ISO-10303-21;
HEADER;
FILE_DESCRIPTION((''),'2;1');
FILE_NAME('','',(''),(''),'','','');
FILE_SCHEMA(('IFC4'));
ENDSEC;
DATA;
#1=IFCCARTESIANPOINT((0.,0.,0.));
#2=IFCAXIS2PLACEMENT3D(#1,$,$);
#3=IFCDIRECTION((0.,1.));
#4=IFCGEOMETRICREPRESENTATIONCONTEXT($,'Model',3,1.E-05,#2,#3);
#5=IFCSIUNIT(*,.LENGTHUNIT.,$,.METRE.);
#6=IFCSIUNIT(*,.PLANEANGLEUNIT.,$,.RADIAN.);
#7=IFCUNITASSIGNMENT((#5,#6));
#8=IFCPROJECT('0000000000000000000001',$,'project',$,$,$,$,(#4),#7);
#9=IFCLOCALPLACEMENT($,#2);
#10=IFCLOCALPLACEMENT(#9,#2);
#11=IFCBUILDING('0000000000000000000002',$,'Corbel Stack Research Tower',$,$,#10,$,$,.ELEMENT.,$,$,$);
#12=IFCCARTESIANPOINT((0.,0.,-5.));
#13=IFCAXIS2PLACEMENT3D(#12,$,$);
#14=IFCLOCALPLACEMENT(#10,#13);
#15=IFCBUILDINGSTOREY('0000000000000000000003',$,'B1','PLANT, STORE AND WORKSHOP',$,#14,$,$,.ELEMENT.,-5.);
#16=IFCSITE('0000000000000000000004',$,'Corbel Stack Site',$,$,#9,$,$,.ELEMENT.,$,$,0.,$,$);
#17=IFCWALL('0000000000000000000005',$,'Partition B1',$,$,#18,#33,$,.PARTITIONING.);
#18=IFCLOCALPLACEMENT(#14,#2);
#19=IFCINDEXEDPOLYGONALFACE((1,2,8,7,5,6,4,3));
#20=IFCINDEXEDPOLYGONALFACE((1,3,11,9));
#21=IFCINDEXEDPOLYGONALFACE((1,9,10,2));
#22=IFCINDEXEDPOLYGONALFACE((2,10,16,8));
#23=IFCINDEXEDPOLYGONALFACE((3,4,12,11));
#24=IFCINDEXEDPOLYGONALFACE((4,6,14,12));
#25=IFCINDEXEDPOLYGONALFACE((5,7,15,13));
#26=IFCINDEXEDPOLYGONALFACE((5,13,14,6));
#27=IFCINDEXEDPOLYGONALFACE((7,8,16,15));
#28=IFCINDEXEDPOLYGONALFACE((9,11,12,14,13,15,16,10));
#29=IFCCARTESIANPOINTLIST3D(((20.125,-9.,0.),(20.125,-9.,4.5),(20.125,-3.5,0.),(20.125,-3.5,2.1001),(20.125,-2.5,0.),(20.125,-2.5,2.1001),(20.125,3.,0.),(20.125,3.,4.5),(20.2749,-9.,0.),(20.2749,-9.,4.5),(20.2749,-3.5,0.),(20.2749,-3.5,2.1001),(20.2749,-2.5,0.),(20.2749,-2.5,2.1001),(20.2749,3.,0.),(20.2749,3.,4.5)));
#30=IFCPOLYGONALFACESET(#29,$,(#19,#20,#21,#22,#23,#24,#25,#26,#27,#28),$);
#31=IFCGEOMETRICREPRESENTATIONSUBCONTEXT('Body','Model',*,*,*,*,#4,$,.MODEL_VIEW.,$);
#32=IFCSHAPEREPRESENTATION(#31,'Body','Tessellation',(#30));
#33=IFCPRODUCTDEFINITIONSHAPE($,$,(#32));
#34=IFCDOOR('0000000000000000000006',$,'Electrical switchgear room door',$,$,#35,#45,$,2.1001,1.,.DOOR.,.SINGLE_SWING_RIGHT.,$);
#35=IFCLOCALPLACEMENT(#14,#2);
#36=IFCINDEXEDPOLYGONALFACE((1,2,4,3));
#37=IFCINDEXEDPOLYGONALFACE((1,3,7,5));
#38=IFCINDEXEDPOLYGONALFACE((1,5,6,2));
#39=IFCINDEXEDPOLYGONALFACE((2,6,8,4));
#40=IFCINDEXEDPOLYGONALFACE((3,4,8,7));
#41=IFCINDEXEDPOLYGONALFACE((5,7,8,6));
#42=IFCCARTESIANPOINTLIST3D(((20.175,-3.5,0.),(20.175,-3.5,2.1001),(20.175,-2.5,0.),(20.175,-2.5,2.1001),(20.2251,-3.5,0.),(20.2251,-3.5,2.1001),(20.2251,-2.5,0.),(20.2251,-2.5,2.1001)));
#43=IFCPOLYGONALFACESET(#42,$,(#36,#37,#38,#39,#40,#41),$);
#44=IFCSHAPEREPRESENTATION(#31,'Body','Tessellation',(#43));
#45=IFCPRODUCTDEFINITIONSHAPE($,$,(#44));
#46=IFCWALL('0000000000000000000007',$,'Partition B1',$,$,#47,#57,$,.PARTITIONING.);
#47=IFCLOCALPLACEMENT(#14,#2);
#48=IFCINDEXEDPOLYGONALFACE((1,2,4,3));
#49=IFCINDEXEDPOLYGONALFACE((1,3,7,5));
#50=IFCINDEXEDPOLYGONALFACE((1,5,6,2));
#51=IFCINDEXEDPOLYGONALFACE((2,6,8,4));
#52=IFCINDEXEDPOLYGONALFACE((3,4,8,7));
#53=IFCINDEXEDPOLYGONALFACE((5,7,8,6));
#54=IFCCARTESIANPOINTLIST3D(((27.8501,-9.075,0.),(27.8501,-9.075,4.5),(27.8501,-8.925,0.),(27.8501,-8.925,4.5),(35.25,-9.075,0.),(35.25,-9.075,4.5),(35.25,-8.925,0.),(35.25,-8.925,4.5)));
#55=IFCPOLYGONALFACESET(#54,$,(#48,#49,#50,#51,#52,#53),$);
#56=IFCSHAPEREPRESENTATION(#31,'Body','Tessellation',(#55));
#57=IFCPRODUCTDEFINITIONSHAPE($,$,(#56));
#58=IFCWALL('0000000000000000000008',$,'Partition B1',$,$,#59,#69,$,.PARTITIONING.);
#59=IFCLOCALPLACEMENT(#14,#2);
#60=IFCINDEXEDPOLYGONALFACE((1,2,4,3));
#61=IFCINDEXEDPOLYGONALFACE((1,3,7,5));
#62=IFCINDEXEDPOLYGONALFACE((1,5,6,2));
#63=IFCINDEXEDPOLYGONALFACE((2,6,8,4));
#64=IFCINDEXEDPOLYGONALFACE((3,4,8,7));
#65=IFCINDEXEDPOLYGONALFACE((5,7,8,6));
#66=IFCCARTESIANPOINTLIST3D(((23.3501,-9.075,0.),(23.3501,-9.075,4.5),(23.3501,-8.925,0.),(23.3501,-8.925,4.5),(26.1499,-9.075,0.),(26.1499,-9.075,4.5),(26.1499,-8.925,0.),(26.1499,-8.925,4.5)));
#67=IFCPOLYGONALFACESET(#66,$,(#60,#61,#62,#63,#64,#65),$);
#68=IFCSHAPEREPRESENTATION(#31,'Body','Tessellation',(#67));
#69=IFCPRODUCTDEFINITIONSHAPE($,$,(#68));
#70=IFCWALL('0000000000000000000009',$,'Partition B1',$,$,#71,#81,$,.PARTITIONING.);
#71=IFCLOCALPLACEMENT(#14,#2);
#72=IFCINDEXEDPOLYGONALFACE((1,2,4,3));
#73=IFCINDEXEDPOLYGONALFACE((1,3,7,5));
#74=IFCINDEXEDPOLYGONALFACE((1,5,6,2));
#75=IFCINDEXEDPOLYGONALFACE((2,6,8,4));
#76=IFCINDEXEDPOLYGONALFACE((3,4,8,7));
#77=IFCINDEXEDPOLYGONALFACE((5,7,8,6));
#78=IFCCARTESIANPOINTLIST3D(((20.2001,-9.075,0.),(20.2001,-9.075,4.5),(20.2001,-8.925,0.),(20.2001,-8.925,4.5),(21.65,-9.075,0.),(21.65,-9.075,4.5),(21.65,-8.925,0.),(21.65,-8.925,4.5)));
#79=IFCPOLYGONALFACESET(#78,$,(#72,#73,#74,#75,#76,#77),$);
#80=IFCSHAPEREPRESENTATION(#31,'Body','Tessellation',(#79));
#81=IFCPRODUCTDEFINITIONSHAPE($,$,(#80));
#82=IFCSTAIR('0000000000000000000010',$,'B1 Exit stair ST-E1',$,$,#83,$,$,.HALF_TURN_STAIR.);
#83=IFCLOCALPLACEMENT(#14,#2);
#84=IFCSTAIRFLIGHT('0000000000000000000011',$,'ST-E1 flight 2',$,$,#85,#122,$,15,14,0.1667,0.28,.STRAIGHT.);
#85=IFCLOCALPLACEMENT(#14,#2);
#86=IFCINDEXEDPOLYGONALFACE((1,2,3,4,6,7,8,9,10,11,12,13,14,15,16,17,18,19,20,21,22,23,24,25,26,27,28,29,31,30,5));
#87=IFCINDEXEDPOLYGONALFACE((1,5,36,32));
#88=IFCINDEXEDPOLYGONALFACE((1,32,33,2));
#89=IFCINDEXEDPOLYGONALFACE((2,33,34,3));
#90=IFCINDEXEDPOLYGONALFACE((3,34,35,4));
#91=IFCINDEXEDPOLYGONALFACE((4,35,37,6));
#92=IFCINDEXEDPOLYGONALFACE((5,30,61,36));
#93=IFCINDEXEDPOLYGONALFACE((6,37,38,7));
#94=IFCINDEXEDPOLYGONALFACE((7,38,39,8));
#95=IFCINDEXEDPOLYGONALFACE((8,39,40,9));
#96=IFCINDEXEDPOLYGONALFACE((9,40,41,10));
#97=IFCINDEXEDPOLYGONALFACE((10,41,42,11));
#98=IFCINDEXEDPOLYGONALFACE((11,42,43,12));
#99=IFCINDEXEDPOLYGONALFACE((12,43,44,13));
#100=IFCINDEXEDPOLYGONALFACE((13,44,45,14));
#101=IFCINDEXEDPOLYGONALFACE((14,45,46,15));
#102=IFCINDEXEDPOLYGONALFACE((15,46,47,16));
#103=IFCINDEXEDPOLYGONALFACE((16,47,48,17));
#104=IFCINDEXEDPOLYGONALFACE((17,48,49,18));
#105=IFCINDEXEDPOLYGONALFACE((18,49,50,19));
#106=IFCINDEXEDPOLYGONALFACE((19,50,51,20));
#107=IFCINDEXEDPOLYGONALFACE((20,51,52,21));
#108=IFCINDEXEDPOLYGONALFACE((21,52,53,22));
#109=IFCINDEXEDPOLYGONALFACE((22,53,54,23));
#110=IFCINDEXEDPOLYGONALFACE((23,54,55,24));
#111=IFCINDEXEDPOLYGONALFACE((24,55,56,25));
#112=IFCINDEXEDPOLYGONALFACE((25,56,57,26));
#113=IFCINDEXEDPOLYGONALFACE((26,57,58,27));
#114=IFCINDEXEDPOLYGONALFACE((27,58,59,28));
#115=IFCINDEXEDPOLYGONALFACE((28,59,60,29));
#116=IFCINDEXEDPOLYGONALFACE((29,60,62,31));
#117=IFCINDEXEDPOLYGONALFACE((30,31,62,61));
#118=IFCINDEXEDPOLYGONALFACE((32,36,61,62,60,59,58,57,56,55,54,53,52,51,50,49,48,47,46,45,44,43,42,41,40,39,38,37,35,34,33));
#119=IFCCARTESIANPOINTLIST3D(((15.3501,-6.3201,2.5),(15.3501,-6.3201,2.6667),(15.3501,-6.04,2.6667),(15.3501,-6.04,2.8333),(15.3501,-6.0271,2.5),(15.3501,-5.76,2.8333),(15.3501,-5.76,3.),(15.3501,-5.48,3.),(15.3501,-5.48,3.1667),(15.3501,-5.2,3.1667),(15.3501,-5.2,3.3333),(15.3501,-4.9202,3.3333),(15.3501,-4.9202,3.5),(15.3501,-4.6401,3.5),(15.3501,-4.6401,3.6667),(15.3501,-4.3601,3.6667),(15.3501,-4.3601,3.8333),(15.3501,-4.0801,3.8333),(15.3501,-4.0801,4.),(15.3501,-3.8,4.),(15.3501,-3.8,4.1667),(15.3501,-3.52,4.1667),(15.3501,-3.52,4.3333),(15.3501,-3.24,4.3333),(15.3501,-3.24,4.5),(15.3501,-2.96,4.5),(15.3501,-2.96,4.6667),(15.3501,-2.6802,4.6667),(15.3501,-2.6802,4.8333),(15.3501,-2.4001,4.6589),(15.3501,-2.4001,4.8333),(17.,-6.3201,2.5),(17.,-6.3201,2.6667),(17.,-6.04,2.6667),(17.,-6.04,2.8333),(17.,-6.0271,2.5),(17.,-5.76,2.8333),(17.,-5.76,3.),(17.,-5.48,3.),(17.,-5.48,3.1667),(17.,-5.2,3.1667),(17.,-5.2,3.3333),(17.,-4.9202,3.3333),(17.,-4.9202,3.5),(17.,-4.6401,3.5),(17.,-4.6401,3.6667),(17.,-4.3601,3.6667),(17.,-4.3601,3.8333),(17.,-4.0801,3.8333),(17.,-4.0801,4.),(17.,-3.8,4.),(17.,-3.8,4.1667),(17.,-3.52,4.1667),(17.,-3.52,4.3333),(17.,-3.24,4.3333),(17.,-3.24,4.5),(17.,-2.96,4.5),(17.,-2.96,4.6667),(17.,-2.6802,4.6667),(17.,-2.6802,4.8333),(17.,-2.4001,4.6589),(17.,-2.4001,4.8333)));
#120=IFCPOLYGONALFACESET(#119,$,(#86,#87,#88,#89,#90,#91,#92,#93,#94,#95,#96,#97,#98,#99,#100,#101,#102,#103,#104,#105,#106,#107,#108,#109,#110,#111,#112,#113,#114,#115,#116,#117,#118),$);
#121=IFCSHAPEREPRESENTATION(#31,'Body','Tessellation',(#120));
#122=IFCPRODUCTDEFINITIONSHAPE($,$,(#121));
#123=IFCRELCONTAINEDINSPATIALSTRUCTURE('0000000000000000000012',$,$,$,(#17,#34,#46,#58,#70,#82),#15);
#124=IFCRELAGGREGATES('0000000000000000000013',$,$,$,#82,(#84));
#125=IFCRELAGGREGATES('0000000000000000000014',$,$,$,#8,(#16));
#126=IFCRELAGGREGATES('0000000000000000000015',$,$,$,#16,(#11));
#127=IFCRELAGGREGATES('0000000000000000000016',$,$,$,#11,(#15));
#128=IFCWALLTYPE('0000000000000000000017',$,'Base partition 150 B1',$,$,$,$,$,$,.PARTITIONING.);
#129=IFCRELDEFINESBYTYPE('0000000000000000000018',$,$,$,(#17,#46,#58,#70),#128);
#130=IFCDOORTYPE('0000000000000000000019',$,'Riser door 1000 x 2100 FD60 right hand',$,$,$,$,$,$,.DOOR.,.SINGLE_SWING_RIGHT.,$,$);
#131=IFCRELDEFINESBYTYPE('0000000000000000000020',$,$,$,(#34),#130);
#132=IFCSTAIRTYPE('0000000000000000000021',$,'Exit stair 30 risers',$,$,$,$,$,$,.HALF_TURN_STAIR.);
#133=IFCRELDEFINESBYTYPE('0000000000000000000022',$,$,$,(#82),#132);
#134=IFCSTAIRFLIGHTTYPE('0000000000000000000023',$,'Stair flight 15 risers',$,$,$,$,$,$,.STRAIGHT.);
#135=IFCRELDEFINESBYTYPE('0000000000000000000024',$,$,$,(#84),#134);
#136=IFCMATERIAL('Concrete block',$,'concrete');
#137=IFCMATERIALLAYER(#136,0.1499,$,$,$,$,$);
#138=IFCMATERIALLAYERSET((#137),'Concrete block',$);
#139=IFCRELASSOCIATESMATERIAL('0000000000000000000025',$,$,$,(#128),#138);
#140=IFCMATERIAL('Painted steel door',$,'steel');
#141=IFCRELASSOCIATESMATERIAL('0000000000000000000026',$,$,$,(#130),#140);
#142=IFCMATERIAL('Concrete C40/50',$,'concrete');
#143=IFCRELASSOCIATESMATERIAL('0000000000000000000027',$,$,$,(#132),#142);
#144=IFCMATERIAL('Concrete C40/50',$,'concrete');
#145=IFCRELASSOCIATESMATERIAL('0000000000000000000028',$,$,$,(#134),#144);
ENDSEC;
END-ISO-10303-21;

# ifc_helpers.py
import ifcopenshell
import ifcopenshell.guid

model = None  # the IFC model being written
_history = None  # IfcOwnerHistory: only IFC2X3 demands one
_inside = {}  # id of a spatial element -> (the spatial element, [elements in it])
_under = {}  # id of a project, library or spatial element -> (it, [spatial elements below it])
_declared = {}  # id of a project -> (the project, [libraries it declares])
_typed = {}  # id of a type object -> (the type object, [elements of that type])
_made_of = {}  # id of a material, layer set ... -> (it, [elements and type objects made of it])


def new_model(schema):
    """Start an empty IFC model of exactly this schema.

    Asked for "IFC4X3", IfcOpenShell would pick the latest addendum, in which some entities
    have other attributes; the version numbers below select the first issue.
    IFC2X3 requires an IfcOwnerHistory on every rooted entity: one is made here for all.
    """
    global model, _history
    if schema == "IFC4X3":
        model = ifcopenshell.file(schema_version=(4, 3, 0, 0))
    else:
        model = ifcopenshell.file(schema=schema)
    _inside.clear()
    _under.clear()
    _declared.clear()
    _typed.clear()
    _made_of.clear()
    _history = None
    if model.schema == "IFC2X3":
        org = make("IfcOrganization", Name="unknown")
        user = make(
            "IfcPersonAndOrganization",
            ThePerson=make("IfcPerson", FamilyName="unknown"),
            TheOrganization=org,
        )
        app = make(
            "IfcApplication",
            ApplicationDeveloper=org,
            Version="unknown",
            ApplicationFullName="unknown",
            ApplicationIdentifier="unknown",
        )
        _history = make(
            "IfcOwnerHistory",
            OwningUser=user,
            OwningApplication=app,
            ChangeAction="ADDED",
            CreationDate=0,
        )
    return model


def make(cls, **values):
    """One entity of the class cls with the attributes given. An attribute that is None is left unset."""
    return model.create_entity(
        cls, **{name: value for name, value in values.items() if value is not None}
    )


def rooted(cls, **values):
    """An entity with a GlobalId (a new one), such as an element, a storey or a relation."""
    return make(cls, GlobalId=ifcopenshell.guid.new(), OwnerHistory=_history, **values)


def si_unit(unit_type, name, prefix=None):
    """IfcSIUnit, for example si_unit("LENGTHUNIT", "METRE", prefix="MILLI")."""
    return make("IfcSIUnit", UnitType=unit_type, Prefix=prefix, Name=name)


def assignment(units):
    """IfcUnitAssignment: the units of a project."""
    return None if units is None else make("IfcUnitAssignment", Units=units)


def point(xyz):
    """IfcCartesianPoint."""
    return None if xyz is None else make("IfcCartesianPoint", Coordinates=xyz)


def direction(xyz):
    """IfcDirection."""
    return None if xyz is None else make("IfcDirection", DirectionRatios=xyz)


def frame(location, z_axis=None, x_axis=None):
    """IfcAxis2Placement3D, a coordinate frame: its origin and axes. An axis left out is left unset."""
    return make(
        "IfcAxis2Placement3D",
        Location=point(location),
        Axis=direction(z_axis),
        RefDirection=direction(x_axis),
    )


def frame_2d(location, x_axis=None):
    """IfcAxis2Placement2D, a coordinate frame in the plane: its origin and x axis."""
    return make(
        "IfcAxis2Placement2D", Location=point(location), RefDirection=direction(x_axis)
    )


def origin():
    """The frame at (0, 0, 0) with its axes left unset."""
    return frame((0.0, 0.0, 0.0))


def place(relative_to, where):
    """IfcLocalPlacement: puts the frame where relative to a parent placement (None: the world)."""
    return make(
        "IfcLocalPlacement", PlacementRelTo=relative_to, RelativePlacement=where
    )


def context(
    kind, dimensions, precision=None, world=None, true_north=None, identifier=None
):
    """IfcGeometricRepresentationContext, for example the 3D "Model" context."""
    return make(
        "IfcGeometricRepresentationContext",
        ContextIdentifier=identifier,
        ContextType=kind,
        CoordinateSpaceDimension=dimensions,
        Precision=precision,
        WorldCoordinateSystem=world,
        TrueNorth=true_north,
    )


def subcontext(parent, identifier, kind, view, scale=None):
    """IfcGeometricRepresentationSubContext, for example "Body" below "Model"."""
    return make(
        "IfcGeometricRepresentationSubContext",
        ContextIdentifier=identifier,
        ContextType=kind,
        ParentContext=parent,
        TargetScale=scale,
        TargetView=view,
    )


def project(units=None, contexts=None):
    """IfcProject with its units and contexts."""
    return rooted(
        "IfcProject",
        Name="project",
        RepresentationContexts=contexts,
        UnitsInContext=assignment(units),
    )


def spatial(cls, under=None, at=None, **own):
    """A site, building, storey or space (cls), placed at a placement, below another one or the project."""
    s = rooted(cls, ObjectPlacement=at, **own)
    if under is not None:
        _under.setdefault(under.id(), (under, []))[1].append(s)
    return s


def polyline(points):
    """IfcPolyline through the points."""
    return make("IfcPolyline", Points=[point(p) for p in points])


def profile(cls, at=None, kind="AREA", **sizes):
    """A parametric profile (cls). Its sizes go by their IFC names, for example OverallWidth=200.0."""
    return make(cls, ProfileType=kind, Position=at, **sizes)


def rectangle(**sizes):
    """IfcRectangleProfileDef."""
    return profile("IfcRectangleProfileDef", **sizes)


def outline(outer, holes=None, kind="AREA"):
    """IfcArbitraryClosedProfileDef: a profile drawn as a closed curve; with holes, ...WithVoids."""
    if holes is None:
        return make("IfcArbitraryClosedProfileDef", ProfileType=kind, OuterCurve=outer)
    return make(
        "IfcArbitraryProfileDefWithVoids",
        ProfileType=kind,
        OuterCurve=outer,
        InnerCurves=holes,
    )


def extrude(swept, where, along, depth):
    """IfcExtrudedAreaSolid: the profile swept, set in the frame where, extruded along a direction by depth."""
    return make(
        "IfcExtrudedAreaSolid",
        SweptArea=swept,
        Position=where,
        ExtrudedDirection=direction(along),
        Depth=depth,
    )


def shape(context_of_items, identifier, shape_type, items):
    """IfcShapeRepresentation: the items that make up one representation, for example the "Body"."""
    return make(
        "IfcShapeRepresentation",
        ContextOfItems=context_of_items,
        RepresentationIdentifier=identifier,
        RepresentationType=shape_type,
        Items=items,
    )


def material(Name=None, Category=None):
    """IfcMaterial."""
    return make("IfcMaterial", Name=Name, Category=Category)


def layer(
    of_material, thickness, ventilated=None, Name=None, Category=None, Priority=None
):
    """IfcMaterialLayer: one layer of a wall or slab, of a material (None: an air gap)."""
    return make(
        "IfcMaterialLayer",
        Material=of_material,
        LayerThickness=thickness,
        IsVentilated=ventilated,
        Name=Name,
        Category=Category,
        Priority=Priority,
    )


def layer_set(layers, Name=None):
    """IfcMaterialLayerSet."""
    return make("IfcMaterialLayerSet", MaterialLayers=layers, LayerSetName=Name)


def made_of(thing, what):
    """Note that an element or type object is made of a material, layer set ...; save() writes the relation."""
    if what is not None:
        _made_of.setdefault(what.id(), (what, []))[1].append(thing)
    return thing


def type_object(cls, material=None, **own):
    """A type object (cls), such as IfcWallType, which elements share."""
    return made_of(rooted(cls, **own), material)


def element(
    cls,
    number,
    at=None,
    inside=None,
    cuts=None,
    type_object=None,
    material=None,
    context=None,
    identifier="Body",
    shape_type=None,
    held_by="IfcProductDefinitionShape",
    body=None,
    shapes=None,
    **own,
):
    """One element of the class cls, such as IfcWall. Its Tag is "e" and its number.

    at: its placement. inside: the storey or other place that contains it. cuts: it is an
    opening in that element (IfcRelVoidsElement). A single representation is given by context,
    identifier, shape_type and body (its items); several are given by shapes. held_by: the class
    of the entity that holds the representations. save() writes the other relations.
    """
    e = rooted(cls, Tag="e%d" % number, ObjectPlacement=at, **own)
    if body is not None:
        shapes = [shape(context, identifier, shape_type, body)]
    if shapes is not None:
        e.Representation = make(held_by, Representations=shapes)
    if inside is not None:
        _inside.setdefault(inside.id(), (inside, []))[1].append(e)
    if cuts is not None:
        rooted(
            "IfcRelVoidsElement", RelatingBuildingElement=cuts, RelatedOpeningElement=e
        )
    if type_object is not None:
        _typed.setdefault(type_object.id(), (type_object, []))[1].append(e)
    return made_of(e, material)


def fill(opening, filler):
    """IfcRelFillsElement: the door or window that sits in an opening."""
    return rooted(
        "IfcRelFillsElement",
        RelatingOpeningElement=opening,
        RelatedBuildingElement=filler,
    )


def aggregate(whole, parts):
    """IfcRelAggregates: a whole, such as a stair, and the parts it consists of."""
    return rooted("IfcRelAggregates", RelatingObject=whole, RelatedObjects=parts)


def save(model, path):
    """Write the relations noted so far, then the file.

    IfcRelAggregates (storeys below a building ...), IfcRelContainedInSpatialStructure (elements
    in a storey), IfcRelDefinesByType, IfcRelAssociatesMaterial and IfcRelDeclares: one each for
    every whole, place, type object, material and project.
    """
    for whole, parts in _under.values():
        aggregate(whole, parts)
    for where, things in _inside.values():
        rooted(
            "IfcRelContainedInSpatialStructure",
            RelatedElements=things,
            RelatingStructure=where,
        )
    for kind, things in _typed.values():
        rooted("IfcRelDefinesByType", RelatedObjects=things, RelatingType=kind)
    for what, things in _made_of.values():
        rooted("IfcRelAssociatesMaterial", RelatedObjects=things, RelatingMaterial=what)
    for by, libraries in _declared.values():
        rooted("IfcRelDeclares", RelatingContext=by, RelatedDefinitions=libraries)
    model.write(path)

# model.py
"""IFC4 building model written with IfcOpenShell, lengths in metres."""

from ifc_helpers import new_model, si_unit, direction, frame, frame_2d, origin, place, context, subcontext, project, spatial, polyline, rectangle, outline, extrude, material, layer, layer_set, type_object, element, fill, aggregate, save


model = new_model("IFC4")

# Units and contexts
model_context = context("Model", 3, precision=1e-05, world=origin(), true_north=direction((0.0, 1.0)))
body_context = subcontext(model_context, "Body", "Model", "MODEL_VIEW")
ifc_project = project(units=[si_unit("LENGTHUNIT", "METRE"), si_unit("PLANEANGLEUNIT", "RADIAN")], contexts=[model_context])

# Site, building, storey
site_placement = place(None, origin())
site = spatial("IfcSite", under=ifc_project, at=site_placement, Name="Corbel Stack Site", CompositionType="ELEMENT", RefElevation=0.0)
building_placement = place(site_placement, origin())
building = spatial("IfcBuilding", under=site, at=building_placement, Name="Corbel Stack Research Tower", CompositionType="ELEMENT")
storey_placement = place(building_placement, frame((0.0, 0.0, -5.0)))
storey = spatial("IfcBuildingStorey", under=building, at=storey_placement, Name="B1", Description="PLANT, STORE AND WORKSHOP", CompositionType="ELEMENT", Elevation=-5.0)

# Wall, opening, door
ifc_material_1 = material(Name="Concrete block", Category="concrete")
ifc_layer_1 = layer(ifc_material_1, 0.1499)
ifc_layer_set_1 = layer_set([ifc_layer_1], Name="Concrete block")
wall_type_1 = type_object("IfcWallType", Name="Base partition 150 B1", PredefinedType="PARTITIONING", material=ifc_layer_set_1)
wall_1_placement = place(storey_placement, frame((20.2, -9.0, 0.0), z_axis=(0.0, 0.0, 1.0), x_axis=(0.0, 1.0, 0.0)))
wall_1 = element("IfcWall", 1, at=wall_1_placement, inside=storey, type_object=wall_type_1, Name="Partition B1", PredefinedType="PARTITIONING", context=body_context, shape_type="SweptSolid", body=[
    extrude(rectangle(XDim=12.0, YDim=0.1499, at=frame_2d((6.0, 0.0))), origin(), (0.0, 0.0, 1.0), 4.5),
])
opening_1_placement = place(wall_1_placement, frame((5.5, 0.0, 0.0)))
opening_1 = element("IfcOpeningElement", 2, at=opening_1_placement, cuts=wall_1, PredefinedType="OPENING", context=body_context, shape_type="SweptSolid", body=[
    extrude(rectangle(XDim=1.0, YDim=2.1001, at=frame_2d((0.5, 1.05))), frame((0.0, 0.085, 0.0), z_axis=(0.0, -1.0, 0.0), x_axis=(1.0, 0.0, 0.0)), (0.0, 0.0, 1.0), 0.1699),
])
ifc_material_2 = material(Name="Painted steel door", Category="steel")
door_type_1 = type_object("IfcDoorType", Name="Riser door 1000 x 2100 FD60 right hand", OperationType="SINGLE_SWING_RIGHT", PredefinedType="DOOR", material=ifc_material_2)
door_1_placement = place(opening_1_placement, origin())
door_1 = element("IfcDoor", 3, at=door_1_placement, inside=storey, type_object=door_type_1, Name="Electrical switchgear room door", OperationType="SINGLE_SWING_RIGHT", OverallHeight=2.1001, OverallWidth=1.0, PredefinedType="DOOR", context=body_context, shape_type="SweptSolid", body=[
    extrude(rectangle(XDim=1.0, YDim=2.1001, at=frame_2d((0.5, 1.05))), frame((0.0, 0.0249, 0.0), z_axis=(0.0, -1.0, 0.0), x_axis=(1.0, 0.0, 0.0)), (0.0, 0.0, 1.0), 0.05),
])
fill(opening_1, door_1)

# Walls
wall_2_placement = place(storey_placement, frame((27.8501, -9.0, 0.0), z_axis=(0.0, 0.0, 1.0), x_axis=(1.0, 0.0, 0.0)))
element("IfcWall", 4, at=wall_2_placement, inside=storey, type_object=wall_type_1, Name="Partition B1", PredefinedType="PARTITIONING", context=body_context, shape_type="SweptSolid", body=[
    extrude(rectangle(XDim=7.3999, YDim=0.1499, at=frame_2d((3.7, 0.0))), origin(), (0.0, 0.0, 1.0), 4.5),
])
wall_3_placement = place(storey_placement, frame((23.3501, -9.0, 0.0), z_axis=(0.0, 0.0, 1.0), x_axis=(1.0, 0.0, 0.0)))
element("IfcWall", 5, at=wall_3_placement, inside=storey, type_object=wall_type_1, Name="Partition B1", PredefinedType="PARTITIONING", context=body_context, shape_type="SweptSolid", body=[
    extrude(rectangle(XDim=2.7998, YDim=0.1499, at=frame_2d((1.3999, 0.0))), origin(), (0.0, 0.0, 1.0), 4.5),
])
wall_4_placement = place(storey_placement, frame((20.2, -9.0, 0.0), z_axis=(0.0, 0.0, 1.0), x_axis=(1.0, 0.0, 0.0)))
element("IfcWall", 6, at=wall_4_placement, inside=storey, type_object=wall_type_1, Name="Partition B1", PredefinedType="PARTITIONING", context=body_context, shape_type="SweptSolid", body=[
    extrude(rectangle(XDim=1.45, YDim=0.1499, at=frame_2d((0.7251, 0.0))), origin(), (0.0, 0.0, 1.0), 4.5),
])

# Stair, stair flight
ifc_material_3 = material(Name="Concrete C40/50", Category="concrete")
stair_type = type_object("IfcStairType", Name="Exit stair 30 risers", PredefinedType="HALF_TURN_STAIR", material=ifc_material_3)
stair_placement = place(storey_placement, origin())
stair = element("IfcStair", 7, at=stair_placement, inside=storey, type_object=stair_type, Name="B1 Exit stair ST-E1", PredefinedType="HALF_TURN_STAIR")
ifc_material_4 = material(Name="Concrete C40/50", Category="concrete")
stair_flight_type = type_object("IfcStairFlightType", Name="Stair flight 15 risers", PredefinedType="STRAIGHT", material=ifc_material_4)
stair_flight_placement = place(storey_placement, frame((16.175, -6.3201, 2.5), z_axis=(0.0, 0.0, 1.0), x_axis=(0.0, 1.0, 0.0)))
stair_flight = element("IfcStairFlight", 8, at=stair_flight_placement, type_object=stair_flight_type, Name="ST-E1 flight 2", NumberOfRisers=15, NumberOfTreads=14, PredefinedType="STRAIGHT", RiserHeight=0.1667, TreadLength=0.28, context=body_context, shape_type="SweptSolid", body=[
    extrude(outline(polyline([(0.0, 0.0), (0.0, 0.1667), (0.28, 0.1667), (0.28, 0.3333), (0.5601, 0.3333), (0.5601, 0.5), (0.8401, 0.5), (0.8401, 0.6667), (1.1201, 0.6667), (1.1201, 0.8333), (1.3999, 0.8333), (1.3999, 1.0), (1.6799, 1.0), (1.6799, 1.1667), (1.96, 1.1667), (1.96, 1.3333), (2.24, 1.3333), (2.24, 1.5), (2.52, 1.5), (2.52, 1.6667), (2.8, 1.6667), (2.8, 1.8333), (3.0801, 1.8333), (3.0801, 2.0), (3.3601, 2.0), (3.3601, 2.1667), (3.6399, 2.1667), (3.6399, 2.3333), (3.9199, 2.3333), (3.9199, 2.5), (3.9199, 2.1589), (0.293, 0.0), (0.0, 0.0)])), frame((0.0, 0.825, 0.0), z_axis=(0.0, -1.0, 0.0), x_axis=(1.0, 0.0, 0.0)), (0.0, 0.0, 1.0), 1.6499),
])
aggregate(stair, [stair_flight])

save(model, "model.ifc")
